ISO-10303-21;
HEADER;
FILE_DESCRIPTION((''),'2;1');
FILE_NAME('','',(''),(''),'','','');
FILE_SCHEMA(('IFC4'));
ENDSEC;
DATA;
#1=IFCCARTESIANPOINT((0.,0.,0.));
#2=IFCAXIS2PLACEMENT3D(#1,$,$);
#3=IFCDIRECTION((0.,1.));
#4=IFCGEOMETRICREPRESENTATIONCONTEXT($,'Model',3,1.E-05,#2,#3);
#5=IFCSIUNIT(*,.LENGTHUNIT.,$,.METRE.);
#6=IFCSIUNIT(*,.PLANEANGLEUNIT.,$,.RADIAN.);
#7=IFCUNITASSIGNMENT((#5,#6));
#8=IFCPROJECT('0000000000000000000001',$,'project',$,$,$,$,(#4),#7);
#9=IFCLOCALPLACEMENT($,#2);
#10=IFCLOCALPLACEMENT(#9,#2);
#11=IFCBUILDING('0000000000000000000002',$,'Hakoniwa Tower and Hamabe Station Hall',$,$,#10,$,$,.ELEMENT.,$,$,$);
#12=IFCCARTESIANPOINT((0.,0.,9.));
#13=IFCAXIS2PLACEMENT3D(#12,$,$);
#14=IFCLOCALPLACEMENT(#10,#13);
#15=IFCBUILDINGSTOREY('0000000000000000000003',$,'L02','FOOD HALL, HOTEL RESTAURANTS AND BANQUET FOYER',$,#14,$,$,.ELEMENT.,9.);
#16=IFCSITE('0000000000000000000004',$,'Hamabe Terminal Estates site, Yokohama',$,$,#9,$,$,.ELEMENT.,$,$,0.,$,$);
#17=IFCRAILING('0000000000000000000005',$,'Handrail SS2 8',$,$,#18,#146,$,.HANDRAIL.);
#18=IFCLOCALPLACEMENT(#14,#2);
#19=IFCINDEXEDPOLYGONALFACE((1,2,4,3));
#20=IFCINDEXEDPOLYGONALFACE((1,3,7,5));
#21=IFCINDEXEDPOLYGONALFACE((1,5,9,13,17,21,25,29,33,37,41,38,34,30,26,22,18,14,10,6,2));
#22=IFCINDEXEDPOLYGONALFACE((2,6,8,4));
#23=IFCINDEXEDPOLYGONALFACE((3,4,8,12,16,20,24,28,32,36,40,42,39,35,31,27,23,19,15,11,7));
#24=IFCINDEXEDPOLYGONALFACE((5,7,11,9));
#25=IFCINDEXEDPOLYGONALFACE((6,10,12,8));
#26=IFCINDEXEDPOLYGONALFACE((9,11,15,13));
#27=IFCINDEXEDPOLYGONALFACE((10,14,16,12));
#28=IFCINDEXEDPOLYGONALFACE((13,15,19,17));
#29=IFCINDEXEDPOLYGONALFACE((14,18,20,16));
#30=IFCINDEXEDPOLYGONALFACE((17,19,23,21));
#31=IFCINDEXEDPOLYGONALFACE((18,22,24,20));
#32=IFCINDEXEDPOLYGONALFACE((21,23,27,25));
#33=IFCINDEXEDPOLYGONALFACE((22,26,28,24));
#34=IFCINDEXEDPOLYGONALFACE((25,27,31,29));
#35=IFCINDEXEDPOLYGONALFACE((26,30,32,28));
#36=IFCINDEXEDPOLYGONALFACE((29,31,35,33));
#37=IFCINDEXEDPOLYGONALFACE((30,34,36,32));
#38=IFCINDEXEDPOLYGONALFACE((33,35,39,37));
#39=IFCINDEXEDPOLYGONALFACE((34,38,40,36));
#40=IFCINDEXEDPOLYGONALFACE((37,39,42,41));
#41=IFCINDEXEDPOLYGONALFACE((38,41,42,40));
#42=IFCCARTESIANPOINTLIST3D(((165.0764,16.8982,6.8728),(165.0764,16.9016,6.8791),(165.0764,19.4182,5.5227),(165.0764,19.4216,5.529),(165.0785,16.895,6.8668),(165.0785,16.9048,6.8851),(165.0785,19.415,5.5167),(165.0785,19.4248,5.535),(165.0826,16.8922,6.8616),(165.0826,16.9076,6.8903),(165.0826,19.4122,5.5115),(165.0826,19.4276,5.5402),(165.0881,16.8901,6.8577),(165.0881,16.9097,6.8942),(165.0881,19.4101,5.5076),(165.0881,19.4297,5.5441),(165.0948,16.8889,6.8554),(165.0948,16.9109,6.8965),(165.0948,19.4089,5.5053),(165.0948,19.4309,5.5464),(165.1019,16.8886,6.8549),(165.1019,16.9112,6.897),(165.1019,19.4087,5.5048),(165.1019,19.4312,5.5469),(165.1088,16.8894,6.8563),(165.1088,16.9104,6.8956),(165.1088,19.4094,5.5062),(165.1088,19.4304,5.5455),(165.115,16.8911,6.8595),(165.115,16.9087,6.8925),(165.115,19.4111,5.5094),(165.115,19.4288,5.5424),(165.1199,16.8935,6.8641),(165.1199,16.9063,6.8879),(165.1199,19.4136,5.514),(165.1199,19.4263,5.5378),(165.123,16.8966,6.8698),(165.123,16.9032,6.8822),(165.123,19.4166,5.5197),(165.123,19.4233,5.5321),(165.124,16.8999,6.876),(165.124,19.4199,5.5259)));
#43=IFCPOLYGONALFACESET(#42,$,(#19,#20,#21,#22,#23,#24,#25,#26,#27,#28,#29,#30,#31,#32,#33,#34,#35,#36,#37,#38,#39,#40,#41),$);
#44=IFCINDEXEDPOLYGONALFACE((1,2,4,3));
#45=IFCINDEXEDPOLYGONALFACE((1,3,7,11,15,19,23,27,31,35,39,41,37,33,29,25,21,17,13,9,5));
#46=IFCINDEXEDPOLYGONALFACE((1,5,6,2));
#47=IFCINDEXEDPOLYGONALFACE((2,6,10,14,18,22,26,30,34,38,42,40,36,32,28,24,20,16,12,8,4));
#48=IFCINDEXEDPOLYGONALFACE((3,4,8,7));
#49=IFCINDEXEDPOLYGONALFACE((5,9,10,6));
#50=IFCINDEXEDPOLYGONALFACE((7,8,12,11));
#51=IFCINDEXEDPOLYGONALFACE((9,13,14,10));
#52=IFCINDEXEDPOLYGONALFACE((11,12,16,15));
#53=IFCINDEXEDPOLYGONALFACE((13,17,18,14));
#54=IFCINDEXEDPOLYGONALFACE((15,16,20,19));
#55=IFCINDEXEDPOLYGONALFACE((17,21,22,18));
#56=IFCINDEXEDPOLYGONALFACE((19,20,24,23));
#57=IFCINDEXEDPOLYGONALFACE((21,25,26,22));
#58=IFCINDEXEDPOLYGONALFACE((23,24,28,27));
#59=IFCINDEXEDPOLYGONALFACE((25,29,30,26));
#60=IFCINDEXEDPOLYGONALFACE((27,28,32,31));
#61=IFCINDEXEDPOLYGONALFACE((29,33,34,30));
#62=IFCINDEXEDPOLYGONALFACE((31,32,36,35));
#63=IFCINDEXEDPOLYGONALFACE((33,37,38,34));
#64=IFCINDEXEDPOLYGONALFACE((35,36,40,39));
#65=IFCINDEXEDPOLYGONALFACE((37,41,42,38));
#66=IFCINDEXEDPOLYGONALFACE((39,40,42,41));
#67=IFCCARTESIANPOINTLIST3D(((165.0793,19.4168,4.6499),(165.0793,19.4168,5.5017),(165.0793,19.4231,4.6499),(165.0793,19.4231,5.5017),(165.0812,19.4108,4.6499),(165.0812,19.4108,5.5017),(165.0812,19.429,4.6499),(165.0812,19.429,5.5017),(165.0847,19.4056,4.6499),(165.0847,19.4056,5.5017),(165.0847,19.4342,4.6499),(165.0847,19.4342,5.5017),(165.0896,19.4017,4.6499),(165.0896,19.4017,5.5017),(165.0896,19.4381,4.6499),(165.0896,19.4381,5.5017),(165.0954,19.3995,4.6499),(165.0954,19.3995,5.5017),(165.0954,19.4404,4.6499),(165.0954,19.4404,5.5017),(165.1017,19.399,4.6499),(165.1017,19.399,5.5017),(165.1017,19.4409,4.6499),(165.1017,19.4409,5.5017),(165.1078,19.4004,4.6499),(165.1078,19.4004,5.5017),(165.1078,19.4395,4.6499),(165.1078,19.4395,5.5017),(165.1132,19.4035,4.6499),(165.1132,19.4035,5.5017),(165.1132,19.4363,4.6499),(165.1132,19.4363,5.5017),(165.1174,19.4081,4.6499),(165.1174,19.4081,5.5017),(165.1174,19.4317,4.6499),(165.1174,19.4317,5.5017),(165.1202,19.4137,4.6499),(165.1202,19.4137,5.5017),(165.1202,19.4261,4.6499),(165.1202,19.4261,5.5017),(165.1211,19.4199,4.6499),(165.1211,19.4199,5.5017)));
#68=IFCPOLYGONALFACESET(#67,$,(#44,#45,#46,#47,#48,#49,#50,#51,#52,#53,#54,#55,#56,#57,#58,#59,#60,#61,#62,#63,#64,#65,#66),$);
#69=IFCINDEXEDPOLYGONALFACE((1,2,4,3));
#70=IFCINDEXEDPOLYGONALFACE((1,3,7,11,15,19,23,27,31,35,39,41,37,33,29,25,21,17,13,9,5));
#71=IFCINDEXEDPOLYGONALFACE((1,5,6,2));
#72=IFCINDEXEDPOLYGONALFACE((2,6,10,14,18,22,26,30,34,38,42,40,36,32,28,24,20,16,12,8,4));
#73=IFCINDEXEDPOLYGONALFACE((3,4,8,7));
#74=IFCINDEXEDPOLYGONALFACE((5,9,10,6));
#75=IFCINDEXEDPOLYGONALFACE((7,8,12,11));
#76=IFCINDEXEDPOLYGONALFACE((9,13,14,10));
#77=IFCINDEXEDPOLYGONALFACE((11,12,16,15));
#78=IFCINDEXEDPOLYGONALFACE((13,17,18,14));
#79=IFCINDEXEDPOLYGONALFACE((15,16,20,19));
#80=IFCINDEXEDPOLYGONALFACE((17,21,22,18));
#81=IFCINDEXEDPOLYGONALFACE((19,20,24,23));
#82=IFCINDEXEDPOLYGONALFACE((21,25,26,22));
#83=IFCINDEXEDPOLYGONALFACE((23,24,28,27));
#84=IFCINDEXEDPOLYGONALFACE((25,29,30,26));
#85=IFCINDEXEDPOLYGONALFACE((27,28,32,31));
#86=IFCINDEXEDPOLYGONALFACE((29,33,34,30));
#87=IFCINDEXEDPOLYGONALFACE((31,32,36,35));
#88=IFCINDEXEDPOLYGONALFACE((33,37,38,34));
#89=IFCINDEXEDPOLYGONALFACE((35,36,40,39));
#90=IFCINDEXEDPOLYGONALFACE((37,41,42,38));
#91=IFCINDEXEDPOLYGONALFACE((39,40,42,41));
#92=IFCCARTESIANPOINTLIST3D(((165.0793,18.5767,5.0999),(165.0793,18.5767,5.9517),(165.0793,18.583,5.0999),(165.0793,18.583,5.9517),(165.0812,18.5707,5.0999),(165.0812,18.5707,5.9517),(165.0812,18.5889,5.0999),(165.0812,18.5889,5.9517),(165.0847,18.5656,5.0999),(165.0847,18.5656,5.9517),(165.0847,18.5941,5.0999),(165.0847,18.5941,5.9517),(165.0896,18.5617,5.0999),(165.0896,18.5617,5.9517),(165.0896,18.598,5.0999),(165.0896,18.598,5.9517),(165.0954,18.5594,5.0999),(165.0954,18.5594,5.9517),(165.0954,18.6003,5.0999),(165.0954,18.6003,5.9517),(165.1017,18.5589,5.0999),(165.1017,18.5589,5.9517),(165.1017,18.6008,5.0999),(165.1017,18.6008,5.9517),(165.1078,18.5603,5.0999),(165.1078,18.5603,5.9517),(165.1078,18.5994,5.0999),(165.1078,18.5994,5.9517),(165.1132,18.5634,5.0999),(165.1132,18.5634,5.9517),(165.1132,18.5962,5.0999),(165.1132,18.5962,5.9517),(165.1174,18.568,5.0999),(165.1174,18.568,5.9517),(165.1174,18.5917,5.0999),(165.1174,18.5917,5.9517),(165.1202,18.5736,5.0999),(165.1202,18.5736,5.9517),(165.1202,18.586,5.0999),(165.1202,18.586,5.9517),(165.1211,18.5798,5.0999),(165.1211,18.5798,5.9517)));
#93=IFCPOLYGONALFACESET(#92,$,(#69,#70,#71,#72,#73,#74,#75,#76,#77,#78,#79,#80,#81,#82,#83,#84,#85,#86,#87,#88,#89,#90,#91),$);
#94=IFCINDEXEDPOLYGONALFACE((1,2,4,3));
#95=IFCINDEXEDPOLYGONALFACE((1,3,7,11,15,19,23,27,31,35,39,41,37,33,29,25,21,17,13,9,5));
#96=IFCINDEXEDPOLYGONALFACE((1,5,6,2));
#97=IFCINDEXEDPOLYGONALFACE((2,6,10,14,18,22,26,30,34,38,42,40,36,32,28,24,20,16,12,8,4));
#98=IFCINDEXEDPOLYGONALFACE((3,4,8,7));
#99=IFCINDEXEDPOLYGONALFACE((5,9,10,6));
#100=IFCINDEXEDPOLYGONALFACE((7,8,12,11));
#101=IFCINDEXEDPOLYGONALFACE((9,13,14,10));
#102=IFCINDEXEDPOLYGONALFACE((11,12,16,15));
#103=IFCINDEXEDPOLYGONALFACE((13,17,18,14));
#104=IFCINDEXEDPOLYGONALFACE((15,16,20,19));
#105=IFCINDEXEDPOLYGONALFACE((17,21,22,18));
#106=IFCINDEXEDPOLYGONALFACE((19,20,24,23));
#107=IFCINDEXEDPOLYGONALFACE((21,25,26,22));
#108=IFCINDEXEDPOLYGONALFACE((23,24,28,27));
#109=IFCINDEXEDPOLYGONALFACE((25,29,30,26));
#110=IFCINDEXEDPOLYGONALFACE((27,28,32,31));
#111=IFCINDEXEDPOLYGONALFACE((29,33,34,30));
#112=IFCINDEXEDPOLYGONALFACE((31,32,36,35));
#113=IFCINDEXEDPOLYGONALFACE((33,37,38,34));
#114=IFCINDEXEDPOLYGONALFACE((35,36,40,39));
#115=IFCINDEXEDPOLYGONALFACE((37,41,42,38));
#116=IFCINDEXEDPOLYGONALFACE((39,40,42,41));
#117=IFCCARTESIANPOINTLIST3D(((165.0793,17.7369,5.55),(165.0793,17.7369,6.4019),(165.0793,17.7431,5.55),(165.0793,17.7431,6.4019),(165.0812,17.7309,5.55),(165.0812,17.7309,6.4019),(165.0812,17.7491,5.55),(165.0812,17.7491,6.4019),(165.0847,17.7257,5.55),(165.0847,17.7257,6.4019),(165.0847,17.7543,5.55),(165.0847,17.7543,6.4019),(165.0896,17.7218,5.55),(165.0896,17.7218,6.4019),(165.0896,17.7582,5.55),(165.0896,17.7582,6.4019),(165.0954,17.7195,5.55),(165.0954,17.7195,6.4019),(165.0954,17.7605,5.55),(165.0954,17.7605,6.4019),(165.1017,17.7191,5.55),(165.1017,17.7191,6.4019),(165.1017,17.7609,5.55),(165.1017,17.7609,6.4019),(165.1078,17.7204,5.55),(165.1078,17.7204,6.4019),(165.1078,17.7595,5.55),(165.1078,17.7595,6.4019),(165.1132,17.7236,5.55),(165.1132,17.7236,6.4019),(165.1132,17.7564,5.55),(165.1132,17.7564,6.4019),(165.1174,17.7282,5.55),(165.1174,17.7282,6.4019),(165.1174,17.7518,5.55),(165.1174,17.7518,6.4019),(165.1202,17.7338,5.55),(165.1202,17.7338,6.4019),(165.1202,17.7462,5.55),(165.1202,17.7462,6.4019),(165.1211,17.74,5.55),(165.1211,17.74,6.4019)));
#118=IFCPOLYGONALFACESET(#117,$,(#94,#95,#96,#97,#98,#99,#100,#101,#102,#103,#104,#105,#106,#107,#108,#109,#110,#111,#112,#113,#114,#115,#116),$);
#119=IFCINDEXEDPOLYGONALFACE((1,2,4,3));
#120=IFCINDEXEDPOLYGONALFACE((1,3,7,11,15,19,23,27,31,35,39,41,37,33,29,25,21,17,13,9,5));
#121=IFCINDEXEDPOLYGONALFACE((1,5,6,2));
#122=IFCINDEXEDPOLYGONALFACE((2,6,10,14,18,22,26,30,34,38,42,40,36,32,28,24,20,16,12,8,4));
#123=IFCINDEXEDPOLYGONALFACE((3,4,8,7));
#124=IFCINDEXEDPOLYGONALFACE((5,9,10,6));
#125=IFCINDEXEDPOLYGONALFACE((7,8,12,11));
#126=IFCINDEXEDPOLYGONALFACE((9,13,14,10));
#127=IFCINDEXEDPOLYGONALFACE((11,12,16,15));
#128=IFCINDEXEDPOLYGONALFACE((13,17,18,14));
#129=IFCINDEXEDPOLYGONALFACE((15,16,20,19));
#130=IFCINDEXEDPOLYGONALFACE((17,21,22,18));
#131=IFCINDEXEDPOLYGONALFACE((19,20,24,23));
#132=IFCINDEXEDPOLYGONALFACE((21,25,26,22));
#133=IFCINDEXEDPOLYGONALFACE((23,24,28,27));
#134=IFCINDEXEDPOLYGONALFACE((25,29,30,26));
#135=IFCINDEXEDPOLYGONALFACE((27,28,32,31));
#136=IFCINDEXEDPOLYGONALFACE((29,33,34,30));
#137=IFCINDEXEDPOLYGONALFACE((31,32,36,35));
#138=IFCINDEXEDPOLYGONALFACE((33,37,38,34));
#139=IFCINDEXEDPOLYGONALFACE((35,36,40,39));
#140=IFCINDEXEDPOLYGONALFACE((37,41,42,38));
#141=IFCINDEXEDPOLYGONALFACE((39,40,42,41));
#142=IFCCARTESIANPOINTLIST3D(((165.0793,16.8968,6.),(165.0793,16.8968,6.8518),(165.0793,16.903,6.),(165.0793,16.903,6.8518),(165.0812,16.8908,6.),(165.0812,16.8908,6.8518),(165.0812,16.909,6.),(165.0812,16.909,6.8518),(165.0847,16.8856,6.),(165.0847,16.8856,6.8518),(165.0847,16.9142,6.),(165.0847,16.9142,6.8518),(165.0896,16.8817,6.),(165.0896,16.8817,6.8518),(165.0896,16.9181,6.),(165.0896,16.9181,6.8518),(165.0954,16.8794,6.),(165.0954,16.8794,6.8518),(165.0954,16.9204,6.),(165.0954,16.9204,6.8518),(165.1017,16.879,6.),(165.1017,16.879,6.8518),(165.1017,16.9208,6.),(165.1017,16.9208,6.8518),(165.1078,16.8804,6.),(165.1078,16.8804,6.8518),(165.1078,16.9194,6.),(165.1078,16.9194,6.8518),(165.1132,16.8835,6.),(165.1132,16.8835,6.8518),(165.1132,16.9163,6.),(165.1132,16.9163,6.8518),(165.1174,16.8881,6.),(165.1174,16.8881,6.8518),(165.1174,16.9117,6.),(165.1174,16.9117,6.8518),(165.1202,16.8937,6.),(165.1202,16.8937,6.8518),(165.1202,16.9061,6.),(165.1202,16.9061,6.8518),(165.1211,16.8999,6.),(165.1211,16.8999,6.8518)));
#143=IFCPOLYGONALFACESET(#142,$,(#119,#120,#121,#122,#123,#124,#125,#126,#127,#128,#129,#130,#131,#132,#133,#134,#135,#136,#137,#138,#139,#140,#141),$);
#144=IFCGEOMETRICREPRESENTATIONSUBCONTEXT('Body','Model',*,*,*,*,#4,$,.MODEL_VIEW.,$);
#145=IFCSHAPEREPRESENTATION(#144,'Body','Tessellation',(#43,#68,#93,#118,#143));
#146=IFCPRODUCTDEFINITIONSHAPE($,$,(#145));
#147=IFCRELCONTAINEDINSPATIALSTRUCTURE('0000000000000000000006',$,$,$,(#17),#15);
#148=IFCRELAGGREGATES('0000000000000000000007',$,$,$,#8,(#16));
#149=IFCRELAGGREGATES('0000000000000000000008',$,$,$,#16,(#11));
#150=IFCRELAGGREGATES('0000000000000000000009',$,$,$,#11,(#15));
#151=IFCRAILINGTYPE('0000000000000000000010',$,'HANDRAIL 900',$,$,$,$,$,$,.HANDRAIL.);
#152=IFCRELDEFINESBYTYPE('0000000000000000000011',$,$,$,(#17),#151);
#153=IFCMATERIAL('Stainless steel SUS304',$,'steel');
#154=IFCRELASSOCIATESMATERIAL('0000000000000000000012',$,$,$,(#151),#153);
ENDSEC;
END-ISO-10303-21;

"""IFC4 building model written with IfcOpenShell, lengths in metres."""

from ifc_helpers import new_model, si_unit, direction, frame, origin, origin_2d, place, context, subcontext, project, spatial, circle, extrude, material, type_object, element, save


model = new_model("IFC4")

# Units and contexts
model_context = context("Model", 3, precision=1e-05, world=origin(), true_north=direction((0.0, 1.0)))
body_context = subcontext(model_context, "Body", "Model", "MODEL_VIEW")
ifc_project = project(units=[si_unit("LENGTHUNIT", "METRE"), si_unit("PLANEANGLEUNIT", "RADIAN")], contexts=[model_context])

# Site, building, storey
site_placement = place(None, origin())
site = spatial("IfcSite", under=ifc_project, at=site_placement, Name="Hamabe Terminal Estates site, Yokohama", CompositionType="ELEMENT", RefElevation=0.0)
building_placement = place(site_placement, origin())
building = spatial("IfcBuilding", under=site, at=building_placement, Name="Hakoniwa Tower and Hamabe Station Hall", CompositionType="ELEMENT")
storey_placement = place(building_placement, frame((0.0, 0.0, 9.0)))
storey = spatial("IfcBuildingStorey", under=building, at=storey_placement, Name="L02", Description="FOOD HALL, HOTEL RESTAURANTS AND BANQUET FOYER", CompositionType="ELEMENT", Elevation=9.0)

# Railing
ifc_material_1 = material(Name="Stainless steel SUS304", Category="steel")
railing_type = type_object("IfcRailingType", Name="HANDRAIL 900", PredefinedType="HANDRAIL", material=ifc_material_1)
for number, where, name in (
    (1, (165.1001, 19.4199, 4.6499), "Handrail SS2 8"),
):
    element("IfcRailing", number, at=place(storey_placement, frame(where)), inside=storey, type_object=railing_type, Name=name, PredefinedType="HANDRAIL", context=body_context, shape_type="SweptSolid", body=[
        extrude(circle(Radius=0.0239, at=origin_2d()), frame((0.0, 0.0, 0.876), z_axis=(0.0, -0.881467, 0.472245), x_axis=(1.0, 0.0, 0.0)), (0.0, 0.0, 1.0), 2.8589),
        extrude(circle(Radius=0.021, at=origin_2d()), origin(), (0.0, 0.0, 1.0), 0.8518),
        extrude(circle(Radius=0.021, at=origin_2d()), frame((0.0, -0.8401, 0.45)), (0.0, 0.0, 1.0), 0.8518),
        extrude(circle(Radius=0.021, at=origin_2d()), frame((0.0, -1.6799, 0.9001)), (0.0, 0.0, 1.0), 0.8518),
        extrude(circle(Radius=0.021, at=origin_2d()), frame((0.0, -2.52, 1.3501)), (0.0, 0.0, 1.0), 0.8518),
    ])

save(model, "model.ifc")
